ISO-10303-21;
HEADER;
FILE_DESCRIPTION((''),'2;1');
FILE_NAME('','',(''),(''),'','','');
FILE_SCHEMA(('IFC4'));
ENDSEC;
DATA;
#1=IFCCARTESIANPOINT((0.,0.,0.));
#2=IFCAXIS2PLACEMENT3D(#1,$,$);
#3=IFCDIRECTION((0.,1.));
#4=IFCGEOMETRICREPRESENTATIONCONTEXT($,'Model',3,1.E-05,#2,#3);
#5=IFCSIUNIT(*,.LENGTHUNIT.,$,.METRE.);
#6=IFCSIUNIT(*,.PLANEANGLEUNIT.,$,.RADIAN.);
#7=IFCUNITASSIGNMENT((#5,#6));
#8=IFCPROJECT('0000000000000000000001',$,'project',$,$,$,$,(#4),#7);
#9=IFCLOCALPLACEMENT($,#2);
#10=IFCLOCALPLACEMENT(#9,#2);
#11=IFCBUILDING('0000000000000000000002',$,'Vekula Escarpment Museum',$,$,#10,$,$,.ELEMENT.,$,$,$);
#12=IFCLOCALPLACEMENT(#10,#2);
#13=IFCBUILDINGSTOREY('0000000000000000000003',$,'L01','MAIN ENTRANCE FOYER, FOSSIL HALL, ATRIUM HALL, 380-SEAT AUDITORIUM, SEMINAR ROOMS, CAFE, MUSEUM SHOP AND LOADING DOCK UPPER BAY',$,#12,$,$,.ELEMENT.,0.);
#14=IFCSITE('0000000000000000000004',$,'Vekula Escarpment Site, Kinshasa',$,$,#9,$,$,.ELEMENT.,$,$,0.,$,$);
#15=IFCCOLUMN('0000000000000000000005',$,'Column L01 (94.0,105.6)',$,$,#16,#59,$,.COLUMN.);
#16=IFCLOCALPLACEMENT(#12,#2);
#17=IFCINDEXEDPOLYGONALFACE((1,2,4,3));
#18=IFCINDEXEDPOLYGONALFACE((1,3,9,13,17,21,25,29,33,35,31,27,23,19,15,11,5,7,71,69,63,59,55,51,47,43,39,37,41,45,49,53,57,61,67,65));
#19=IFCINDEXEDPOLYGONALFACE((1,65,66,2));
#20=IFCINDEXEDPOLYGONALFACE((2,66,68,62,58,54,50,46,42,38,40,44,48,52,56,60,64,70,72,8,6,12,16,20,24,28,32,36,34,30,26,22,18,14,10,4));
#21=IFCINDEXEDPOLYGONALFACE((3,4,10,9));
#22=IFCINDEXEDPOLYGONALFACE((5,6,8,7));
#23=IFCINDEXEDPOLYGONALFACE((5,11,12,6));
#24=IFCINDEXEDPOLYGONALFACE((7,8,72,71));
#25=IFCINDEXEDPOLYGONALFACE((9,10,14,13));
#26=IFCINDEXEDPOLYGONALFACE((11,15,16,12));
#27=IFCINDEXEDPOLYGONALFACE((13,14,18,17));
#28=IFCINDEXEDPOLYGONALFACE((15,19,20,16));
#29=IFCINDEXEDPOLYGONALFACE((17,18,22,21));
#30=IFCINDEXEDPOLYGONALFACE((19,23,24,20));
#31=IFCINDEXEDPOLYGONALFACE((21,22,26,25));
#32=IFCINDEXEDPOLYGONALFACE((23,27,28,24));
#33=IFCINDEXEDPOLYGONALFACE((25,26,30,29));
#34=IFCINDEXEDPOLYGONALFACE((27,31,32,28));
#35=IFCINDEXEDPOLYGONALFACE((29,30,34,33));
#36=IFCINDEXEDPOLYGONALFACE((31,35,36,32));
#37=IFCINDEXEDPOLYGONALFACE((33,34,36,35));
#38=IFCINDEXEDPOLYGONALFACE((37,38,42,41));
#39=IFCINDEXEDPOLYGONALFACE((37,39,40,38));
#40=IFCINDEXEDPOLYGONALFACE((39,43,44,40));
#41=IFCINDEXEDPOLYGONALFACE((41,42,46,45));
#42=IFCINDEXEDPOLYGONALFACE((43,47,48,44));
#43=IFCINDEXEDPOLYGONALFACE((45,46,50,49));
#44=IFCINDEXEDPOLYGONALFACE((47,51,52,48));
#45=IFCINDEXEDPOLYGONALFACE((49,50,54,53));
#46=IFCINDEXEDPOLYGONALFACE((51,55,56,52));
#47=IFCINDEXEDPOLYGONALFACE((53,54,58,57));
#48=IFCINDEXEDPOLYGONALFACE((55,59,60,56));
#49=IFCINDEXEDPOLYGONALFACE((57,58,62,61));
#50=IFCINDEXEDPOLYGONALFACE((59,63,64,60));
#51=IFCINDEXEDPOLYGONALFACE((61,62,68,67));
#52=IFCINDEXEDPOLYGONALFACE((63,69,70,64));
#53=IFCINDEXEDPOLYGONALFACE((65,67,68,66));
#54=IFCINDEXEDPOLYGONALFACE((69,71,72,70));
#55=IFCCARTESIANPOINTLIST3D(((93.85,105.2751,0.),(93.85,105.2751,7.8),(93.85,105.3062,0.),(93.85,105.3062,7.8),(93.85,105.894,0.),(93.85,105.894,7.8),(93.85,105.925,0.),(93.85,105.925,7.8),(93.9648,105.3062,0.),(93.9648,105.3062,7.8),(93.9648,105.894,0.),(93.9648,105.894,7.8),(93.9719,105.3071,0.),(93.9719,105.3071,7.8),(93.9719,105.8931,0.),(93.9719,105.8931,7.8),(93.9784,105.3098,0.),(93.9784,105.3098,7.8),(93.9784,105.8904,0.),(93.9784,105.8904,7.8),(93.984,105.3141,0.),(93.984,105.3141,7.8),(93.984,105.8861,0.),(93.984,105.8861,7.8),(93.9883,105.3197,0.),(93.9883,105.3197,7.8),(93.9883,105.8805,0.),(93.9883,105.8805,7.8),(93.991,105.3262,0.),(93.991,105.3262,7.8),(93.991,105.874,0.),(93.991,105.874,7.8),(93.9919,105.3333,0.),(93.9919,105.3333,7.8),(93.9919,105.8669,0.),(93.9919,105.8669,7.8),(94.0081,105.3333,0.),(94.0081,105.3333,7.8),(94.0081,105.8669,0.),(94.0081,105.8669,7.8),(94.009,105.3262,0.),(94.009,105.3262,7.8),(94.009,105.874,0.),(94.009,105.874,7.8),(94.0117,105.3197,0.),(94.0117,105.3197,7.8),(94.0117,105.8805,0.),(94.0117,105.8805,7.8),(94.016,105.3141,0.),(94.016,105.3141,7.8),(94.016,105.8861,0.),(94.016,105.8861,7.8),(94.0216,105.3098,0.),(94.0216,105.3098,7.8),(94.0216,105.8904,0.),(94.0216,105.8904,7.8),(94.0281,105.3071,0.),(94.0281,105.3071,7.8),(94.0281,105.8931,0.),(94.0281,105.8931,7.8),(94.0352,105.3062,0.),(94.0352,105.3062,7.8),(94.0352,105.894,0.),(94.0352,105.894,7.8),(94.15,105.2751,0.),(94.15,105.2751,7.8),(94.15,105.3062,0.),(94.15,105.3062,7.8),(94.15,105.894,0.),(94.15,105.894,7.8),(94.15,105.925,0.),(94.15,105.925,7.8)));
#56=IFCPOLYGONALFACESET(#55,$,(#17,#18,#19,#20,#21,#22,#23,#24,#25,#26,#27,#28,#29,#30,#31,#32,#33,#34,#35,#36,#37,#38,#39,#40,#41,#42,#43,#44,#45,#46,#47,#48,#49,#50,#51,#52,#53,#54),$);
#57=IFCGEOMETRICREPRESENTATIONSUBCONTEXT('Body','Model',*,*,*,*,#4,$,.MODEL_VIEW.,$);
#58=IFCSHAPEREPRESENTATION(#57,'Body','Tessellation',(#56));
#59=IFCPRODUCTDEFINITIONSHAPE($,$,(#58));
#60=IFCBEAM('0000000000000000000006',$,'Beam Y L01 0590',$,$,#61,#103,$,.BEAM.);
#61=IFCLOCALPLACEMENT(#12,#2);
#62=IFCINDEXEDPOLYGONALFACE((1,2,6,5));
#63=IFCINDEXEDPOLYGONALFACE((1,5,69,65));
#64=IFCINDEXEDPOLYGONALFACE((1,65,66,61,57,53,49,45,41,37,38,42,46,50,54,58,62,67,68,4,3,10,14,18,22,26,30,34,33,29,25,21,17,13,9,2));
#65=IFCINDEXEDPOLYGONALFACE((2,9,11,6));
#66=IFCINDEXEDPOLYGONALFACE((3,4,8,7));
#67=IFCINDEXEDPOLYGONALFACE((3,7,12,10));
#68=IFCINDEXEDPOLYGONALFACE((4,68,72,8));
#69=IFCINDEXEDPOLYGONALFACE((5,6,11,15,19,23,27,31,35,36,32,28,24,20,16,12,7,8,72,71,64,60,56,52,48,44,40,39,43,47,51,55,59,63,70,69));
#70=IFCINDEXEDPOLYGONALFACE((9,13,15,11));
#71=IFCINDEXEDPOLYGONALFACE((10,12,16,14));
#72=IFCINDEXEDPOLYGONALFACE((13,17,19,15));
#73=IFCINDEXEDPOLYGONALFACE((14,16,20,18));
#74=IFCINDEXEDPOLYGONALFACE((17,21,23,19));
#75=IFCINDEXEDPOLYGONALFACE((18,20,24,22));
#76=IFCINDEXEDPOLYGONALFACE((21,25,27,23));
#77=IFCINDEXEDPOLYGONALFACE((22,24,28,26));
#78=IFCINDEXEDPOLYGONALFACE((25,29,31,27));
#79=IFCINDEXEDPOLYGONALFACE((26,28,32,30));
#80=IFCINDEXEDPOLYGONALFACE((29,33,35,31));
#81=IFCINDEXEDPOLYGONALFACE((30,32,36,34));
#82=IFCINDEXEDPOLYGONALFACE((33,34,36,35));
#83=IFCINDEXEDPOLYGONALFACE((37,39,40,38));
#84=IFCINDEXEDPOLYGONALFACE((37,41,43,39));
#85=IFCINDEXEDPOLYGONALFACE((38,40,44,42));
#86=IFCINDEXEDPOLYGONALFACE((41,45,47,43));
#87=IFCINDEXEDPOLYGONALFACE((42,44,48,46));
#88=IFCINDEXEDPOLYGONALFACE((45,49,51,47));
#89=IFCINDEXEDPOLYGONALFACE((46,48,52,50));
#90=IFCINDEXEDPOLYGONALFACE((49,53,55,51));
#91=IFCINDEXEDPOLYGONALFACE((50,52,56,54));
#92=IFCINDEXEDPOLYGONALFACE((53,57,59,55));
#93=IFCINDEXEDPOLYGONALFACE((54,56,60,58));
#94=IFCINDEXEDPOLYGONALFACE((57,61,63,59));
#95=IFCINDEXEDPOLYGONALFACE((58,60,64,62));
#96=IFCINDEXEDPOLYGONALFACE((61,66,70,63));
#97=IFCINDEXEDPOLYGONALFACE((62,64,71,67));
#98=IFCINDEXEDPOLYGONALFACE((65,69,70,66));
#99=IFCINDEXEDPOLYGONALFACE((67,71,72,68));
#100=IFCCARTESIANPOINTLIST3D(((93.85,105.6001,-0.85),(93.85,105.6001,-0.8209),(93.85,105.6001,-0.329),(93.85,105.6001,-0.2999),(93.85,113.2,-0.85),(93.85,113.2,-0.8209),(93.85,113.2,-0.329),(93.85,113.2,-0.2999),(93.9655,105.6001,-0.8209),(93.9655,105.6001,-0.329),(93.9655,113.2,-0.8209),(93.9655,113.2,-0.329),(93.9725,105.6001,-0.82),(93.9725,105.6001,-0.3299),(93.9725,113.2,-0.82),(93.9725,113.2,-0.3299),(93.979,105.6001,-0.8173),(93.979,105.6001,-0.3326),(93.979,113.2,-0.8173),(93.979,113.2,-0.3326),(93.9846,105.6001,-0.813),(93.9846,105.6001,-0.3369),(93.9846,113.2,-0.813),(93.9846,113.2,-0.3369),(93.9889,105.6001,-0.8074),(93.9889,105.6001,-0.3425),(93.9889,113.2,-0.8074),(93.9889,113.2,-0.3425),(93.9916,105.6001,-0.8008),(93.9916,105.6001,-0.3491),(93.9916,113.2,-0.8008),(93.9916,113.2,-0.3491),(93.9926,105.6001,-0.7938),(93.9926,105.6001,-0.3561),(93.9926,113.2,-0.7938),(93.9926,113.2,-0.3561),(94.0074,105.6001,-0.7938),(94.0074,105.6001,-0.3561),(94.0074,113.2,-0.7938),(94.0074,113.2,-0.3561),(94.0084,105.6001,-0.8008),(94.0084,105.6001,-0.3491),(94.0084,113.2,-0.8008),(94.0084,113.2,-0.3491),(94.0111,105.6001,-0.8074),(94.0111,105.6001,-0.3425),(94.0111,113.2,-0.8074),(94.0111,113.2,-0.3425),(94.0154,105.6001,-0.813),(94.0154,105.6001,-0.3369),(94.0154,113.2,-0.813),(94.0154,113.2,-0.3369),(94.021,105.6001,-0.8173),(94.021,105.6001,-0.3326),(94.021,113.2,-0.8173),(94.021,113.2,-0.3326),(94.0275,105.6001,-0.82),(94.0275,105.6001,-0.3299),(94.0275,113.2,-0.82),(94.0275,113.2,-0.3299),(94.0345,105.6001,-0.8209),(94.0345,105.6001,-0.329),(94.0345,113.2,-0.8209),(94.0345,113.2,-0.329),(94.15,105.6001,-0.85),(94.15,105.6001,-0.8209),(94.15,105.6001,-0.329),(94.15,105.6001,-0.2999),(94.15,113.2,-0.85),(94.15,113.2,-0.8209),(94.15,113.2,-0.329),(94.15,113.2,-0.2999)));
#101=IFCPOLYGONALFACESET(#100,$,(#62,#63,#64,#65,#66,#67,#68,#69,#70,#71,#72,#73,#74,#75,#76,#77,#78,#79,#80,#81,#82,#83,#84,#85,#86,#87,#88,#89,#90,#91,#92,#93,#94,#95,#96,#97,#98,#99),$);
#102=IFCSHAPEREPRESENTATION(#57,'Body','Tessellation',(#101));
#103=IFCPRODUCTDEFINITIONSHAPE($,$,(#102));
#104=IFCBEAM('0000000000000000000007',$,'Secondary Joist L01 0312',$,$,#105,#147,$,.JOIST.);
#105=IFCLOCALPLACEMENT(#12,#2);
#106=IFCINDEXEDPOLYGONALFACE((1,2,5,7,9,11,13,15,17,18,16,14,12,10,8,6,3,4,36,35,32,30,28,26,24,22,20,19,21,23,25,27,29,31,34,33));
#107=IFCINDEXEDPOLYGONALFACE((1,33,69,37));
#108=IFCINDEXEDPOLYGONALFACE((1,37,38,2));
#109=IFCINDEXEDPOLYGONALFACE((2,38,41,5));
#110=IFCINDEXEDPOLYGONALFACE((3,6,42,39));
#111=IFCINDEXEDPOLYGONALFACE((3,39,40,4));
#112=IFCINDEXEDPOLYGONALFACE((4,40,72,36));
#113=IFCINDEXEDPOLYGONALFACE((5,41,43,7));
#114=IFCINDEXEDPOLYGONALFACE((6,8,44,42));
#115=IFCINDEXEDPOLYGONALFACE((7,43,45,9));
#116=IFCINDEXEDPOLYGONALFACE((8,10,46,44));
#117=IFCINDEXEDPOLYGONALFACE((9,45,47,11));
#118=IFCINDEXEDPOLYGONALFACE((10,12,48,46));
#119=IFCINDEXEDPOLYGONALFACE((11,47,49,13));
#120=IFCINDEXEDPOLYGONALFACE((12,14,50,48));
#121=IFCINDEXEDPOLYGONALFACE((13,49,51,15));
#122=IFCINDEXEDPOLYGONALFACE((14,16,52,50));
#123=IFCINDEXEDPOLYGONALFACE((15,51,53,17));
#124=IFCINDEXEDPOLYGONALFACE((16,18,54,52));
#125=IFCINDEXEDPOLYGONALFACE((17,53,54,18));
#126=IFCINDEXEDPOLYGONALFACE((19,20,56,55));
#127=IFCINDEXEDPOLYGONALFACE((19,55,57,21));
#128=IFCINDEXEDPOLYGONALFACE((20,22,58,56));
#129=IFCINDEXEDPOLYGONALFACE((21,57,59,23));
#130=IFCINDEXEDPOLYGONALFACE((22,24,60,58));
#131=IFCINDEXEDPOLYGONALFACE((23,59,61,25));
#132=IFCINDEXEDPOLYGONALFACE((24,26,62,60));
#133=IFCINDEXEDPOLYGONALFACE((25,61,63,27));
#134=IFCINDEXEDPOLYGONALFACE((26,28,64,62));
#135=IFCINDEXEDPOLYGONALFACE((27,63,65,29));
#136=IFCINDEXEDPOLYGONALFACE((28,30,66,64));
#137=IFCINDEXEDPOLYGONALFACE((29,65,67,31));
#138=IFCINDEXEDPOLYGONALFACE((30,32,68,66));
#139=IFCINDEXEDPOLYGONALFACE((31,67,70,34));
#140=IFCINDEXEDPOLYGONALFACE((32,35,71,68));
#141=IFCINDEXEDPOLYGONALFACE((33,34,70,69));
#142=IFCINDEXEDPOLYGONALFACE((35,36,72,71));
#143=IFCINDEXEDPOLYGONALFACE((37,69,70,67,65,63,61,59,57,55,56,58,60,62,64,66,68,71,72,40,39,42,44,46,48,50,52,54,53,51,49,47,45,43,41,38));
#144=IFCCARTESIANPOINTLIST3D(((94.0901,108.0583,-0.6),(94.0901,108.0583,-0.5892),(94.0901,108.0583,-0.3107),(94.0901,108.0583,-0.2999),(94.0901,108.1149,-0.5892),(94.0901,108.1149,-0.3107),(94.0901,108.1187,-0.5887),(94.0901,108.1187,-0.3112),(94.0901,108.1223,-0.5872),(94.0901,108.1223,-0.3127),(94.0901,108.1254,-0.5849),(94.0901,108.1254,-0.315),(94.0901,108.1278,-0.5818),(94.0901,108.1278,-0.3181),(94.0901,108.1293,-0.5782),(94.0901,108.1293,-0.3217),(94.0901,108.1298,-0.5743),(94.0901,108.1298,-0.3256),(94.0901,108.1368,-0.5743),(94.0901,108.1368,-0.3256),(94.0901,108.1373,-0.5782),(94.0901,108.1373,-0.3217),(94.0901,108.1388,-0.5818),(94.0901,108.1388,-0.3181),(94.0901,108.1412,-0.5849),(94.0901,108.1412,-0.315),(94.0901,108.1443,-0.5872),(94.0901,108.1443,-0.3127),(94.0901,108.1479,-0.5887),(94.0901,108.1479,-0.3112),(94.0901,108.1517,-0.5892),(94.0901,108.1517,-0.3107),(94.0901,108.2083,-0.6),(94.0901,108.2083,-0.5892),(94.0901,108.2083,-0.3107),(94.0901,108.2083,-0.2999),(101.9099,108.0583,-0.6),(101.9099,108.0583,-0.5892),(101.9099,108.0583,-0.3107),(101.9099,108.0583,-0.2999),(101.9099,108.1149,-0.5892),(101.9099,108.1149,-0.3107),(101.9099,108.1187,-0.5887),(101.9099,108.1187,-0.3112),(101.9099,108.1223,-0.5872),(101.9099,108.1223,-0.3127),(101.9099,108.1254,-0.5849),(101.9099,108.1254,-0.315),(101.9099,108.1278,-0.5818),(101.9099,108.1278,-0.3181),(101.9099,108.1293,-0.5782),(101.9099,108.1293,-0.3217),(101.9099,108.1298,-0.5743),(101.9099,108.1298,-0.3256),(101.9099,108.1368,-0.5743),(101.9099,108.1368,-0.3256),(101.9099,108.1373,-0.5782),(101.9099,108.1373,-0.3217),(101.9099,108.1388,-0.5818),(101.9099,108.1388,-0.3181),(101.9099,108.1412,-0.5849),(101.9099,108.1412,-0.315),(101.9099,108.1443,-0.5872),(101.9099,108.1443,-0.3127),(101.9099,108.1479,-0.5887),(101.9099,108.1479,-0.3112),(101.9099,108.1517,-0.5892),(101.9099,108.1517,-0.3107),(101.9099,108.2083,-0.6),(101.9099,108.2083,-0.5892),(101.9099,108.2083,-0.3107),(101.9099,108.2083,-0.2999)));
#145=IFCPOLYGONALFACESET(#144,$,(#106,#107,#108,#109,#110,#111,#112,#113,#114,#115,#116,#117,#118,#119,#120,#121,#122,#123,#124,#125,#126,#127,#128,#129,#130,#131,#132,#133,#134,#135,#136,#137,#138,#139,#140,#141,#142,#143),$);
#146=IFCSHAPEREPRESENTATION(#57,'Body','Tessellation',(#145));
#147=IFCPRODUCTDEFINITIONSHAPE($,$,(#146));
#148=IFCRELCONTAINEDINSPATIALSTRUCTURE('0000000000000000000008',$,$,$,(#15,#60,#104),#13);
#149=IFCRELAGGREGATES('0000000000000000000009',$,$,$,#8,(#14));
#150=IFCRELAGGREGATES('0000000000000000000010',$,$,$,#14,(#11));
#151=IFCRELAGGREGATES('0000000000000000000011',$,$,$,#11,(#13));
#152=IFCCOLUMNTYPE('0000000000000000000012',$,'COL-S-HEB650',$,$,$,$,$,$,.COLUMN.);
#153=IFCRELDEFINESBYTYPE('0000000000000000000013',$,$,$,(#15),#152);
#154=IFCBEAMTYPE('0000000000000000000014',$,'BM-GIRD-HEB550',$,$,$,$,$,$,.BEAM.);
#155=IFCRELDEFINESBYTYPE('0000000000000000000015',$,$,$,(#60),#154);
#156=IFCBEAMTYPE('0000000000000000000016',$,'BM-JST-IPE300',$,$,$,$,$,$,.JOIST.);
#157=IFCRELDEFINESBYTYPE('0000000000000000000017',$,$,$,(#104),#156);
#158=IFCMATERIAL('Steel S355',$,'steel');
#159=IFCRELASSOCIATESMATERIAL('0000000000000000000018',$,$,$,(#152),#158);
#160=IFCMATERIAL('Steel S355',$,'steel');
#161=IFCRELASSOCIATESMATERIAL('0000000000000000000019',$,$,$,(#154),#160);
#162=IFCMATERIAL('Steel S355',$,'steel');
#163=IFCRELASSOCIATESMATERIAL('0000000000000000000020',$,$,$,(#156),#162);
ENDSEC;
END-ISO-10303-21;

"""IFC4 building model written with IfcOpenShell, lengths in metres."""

from ifc_helpers import new_model, si_unit, direction, frame, origin, origin_2d, place, context, subcontext, project, spatial, i_section, extrude, material, material_profile, profile_set, type_object, element, save


model = new_model("IFC4")

# Units and contexts
model_context = context("Model", 3, precision=1e-05, world=origin(), true_north=direction((0.0, 1.0)))
body_context = subcontext(model_context, "Body", "Model", "MODEL_VIEW")
ifc_project = project(units=[si_unit("LENGTHUNIT", "METRE"), si_unit("PLANEANGLEUNIT", "RADIAN")], contexts=[model_context])

# Site, building, storey
site_placement = place(None, origin())
site = spatial("IfcSite", under=ifc_project, at=site_placement, Name="Vekula Escarpment Site, Kinshasa", CompositionType="ELEMENT", RefElevation=0.0)
building_placement = place(site_placement, origin())
building = spatial("IfcBuilding", under=site, at=building_placement, Name="Vekula Escarpment Museum", CompositionType="ELEMENT")
storey_placement = place(building_placement, origin())
storey = spatial("IfcBuildingStorey", under=building, at=storey_placement, Name="L01", Description="MAIN ENTRANCE FOYER, FOSSIL HALL, ATRIUM HALL, 380-SEAT AUDITORIUM, SEMINAR ROOMS, CAFE, MUSEUM SHOP AND LOADING DOCK UPPER BAY", CompositionType="ELEMENT", Elevation=0.0)

# Column
ifc_material_1 = material(Name="Steel S355", Category="steel")
ifc_material_profile_1 = material_profile(ifc_material_1, i_section(OverallWidth=0.3, OverallDepth=0.6499, WebThickness=0.0161, FlangeThickness=0.031, FilletRadius=0.0271, at=origin_2d()), Name="HEB 650")
ifc_profile_set_1 = profile_set([ifc_material_profile_1], Name="Steel S355")
column_type = type_object("IfcColumnType", Name="COL-S-HEB650", PredefinedType="COLUMN", material=ifc_profile_set_1)
column_placement = place(storey_placement, frame((94.0, 105.6001, 0.0), z_axis=(0.0, 0.0, 1.0), x_axis=(1.0, 0.0, 0.0)))
element("IfcColumn", 1, at=column_placement, inside=storey, type_object=column_type, Name="Column L01 (94.0,105.6)", PredefinedType="COLUMN", context=body_context, shape_type="SweptSolid", body=[
    extrude(i_section(OverallWidth=0.3, OverallDepth=0.6499, WebThickness=0.0161, FlangeThickness=0.031, FilletRadius=0.0271, at=origin_2d()), origin(), (0.0, 0.0, 1.0), 7.8),
])

# Beams
ifc_material_2 = material(Name="Steel S355", Category="steel")
ifc_material_profile_2 = material_profile(ifc_material_2, i_section(OverallWidth=0.3, OverallDepth=0.55, WebThickness=0.0149, FlangeThickness=0.0291, FilletRadius=0.0271, at=origin_2d()), Name="HEB 550")
ifc_profile_set_2 = profile_set([ifc_material_profile_2], Name="Steel S355")
beam_type_1 = type_object("IfcBeamType", Name="BM-GIRD-HEB550", PredefinedType="BEAM", material=ifc_profile_set_2)
beam_1_placement = place(storey_placement, frame((94.0, 105.6001, -0.575), z_axis=(0.0, 1.0, 0.0), x_axis=(-1.0, 0.0, 0.0)))
element("IfcBeam", 2, at=beam_1_placement, inside=storey, type_object=beam_type_1, Name="Beam Y L01 0590", PredefinedType="BEAM", context=body_context, shape_type="SweptSolid", body=[
    extrude(i_section(OverallWidth=0.3, OverallDepth=0.55, WebThickness=0.0149, FlangeThickness=0.0291, FilletRadius=0.0271, at=origin_2d()), origin(), (0.0, 0.0, 1.0), 7.5999),
])
ifc_material_3 = material(Name="Steel S355", Category="steel")
ifc_material_profile_3 = material_profile(ifc_material_3, i_section(OverallWidth=0.1499, OverallDepth=0.3, WebThickness=0.0071, FlangeThickness=0.0107, FilletRadius=0.0149, at=origin_2d()), Name="IPE 300")
ifc_profile_set_3 = profile_set([ifc_material_profile_3], Name="Steel S355")
beam_type_2 = type_object("IfcBeamType", Name="BM-JST-IPE300", PredefinedType="JOIST", material=ifc_profile_set_3)
beam_2_placement = place(storey_placement, frame((94.0901, 108.1333, -0.45), z_axis=(1.0, 0.0, 0.0), x_axis=(0.0, 1.0, 0.0)))
element("IfcBeam", 3, at=beam_2_placement, inside=storey, type_object=beam_type_2, Name="Secondary Joist L01 0312", PredefinedType="JOIST", context=body_context, shape_type="SweptSolid", body=[
    extrude(i_section(OverallWidth=0.1499, OverallDepth=0.3, WebThickness=0.0071, FlangeThickness=0.0107, FilletRadius=0.0149, at=origin_2d()), origin(), (0.0, 0.0, 1.0), 7.8198),
])

save(model, "model.ifc")
